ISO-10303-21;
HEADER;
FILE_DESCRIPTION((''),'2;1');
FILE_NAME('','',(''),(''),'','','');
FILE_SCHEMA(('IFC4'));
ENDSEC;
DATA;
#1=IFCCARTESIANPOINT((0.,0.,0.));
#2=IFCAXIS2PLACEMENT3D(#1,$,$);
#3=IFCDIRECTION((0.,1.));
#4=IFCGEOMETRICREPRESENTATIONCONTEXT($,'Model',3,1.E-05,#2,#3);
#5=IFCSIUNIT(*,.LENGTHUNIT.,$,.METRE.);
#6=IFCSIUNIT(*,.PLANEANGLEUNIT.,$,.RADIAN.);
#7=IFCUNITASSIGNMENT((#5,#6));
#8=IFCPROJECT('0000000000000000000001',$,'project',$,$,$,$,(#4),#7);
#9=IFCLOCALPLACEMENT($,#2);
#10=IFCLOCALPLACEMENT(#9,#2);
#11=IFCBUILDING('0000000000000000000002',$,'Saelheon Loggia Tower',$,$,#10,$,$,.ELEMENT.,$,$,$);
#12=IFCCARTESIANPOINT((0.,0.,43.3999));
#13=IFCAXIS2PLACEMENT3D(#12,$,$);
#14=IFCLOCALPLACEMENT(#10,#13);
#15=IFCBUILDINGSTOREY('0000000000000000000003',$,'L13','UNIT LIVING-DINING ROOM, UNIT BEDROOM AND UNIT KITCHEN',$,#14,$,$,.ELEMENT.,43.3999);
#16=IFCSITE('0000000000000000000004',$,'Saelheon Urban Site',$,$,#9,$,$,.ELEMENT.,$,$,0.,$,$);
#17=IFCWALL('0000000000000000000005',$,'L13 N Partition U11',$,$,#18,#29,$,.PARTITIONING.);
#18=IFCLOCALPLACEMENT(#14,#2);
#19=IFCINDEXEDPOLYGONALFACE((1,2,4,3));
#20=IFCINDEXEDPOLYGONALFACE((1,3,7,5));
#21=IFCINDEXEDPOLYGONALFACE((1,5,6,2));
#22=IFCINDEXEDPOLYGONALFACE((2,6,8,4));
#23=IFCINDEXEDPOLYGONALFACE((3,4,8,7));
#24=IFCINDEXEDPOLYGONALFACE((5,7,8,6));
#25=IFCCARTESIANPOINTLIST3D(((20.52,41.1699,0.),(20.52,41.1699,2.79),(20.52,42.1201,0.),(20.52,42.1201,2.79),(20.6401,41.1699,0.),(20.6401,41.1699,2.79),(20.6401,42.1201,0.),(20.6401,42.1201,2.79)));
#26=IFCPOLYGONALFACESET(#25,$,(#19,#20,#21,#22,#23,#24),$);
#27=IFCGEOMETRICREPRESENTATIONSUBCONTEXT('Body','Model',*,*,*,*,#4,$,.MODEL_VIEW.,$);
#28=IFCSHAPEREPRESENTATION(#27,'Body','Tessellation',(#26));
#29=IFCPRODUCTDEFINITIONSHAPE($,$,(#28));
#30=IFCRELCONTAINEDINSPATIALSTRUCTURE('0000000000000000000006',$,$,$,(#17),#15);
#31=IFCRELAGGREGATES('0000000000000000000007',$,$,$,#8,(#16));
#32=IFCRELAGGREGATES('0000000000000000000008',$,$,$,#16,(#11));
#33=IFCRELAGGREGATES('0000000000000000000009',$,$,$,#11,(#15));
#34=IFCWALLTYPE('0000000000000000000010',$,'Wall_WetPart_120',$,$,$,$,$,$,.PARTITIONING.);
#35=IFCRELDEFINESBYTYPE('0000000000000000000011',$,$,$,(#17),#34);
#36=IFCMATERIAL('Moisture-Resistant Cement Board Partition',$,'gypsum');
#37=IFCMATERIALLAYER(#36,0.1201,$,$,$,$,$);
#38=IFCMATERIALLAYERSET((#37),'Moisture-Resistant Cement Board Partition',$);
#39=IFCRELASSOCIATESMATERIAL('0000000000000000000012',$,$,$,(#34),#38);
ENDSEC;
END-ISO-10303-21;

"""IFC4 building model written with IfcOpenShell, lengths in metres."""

from ifc_helpers import new_model, si_unit, direction, frame, frame_2d, origin, place, context, subcontext, project, spatial, rectangle, extrude, material, layer, layer_set, type_object, element, save


model = new_model("IFC4")

# Units and contexts
model_context = context("Model", 3, precision=1e-05, world=origin(), true_north=direction((0.0, 1.0)))
body_context = subcontext(model_context, "Body", "Model", "MODEL_VIEW")
ifc_project = project(units=[si_unit("LENGTHUNIT", "METRE"), si_unit("PLANEANGLEUNIT", "RADIAN")], contexts=[model_context])

# Site, building, storey
site_placement = place(None, origin())
site = spatial("IfcSite", under=ifc_project, at=site_placement, Name="Saelheon Urban Site", CompositionType="ELEMENT", RefElevation=0.0)
building_placement = place(site_placement, origin())
building = spatial("IfcBuilding", under=site, at=building_placement, Name="Saelheon Loggia Tower", CompositionType="ELEMENT")
storey_placement = place(building_placement, frame((0.0, 0.0, 43.3999)))
storey = spatial("IfcBuildingStorey", under=building, at=storey_placement, Name="L13", Description="UNIT LIVING-DINING ROOM, UNIT BEDROOM AND UNIT KITCHEN", CompositionType="ELEMENT", Elevation=43.3999)

# Wall
ifc_material_1 = material(Name="Moisture-Resistant Cement Board Partition", Category="gypsum")
ifc_layer_1 = layer(ifc_material_1, 0.1201)
ifc_layer_set_1 = layer_set([ifc_layer_1], Name="Moisture-Resistant Cement Board Partition")
wall_type_1 = type_object("IfcWallType", Name="Wall_WetPart_120", PredefinedType="PARTITIONING", material=ifc_layer_set_1)
wall_1_placement = place(storey_placement, frame((20.5801, 41.1699, 0.0), z_axis=(0.0, 0.0, 1.0), x_axis=(0.0, 1.0, 0.0)))
element("IfcWall", 1, at=wall_1_placement, inside=storey, type_object=wall_type_1, Name="L13 N Partition U11", PredefinedType="PARTITIONING", context=body_context, shape_type="SweptSolid", body=[
    extrude(rectangle(XDim=0.9502, YDim=0.1201, at=frame_2d((0.4751, 0.0))), origin(), (0.0, 0.0, 1.0), 2.79),
])

save(model, "model.ifc")
